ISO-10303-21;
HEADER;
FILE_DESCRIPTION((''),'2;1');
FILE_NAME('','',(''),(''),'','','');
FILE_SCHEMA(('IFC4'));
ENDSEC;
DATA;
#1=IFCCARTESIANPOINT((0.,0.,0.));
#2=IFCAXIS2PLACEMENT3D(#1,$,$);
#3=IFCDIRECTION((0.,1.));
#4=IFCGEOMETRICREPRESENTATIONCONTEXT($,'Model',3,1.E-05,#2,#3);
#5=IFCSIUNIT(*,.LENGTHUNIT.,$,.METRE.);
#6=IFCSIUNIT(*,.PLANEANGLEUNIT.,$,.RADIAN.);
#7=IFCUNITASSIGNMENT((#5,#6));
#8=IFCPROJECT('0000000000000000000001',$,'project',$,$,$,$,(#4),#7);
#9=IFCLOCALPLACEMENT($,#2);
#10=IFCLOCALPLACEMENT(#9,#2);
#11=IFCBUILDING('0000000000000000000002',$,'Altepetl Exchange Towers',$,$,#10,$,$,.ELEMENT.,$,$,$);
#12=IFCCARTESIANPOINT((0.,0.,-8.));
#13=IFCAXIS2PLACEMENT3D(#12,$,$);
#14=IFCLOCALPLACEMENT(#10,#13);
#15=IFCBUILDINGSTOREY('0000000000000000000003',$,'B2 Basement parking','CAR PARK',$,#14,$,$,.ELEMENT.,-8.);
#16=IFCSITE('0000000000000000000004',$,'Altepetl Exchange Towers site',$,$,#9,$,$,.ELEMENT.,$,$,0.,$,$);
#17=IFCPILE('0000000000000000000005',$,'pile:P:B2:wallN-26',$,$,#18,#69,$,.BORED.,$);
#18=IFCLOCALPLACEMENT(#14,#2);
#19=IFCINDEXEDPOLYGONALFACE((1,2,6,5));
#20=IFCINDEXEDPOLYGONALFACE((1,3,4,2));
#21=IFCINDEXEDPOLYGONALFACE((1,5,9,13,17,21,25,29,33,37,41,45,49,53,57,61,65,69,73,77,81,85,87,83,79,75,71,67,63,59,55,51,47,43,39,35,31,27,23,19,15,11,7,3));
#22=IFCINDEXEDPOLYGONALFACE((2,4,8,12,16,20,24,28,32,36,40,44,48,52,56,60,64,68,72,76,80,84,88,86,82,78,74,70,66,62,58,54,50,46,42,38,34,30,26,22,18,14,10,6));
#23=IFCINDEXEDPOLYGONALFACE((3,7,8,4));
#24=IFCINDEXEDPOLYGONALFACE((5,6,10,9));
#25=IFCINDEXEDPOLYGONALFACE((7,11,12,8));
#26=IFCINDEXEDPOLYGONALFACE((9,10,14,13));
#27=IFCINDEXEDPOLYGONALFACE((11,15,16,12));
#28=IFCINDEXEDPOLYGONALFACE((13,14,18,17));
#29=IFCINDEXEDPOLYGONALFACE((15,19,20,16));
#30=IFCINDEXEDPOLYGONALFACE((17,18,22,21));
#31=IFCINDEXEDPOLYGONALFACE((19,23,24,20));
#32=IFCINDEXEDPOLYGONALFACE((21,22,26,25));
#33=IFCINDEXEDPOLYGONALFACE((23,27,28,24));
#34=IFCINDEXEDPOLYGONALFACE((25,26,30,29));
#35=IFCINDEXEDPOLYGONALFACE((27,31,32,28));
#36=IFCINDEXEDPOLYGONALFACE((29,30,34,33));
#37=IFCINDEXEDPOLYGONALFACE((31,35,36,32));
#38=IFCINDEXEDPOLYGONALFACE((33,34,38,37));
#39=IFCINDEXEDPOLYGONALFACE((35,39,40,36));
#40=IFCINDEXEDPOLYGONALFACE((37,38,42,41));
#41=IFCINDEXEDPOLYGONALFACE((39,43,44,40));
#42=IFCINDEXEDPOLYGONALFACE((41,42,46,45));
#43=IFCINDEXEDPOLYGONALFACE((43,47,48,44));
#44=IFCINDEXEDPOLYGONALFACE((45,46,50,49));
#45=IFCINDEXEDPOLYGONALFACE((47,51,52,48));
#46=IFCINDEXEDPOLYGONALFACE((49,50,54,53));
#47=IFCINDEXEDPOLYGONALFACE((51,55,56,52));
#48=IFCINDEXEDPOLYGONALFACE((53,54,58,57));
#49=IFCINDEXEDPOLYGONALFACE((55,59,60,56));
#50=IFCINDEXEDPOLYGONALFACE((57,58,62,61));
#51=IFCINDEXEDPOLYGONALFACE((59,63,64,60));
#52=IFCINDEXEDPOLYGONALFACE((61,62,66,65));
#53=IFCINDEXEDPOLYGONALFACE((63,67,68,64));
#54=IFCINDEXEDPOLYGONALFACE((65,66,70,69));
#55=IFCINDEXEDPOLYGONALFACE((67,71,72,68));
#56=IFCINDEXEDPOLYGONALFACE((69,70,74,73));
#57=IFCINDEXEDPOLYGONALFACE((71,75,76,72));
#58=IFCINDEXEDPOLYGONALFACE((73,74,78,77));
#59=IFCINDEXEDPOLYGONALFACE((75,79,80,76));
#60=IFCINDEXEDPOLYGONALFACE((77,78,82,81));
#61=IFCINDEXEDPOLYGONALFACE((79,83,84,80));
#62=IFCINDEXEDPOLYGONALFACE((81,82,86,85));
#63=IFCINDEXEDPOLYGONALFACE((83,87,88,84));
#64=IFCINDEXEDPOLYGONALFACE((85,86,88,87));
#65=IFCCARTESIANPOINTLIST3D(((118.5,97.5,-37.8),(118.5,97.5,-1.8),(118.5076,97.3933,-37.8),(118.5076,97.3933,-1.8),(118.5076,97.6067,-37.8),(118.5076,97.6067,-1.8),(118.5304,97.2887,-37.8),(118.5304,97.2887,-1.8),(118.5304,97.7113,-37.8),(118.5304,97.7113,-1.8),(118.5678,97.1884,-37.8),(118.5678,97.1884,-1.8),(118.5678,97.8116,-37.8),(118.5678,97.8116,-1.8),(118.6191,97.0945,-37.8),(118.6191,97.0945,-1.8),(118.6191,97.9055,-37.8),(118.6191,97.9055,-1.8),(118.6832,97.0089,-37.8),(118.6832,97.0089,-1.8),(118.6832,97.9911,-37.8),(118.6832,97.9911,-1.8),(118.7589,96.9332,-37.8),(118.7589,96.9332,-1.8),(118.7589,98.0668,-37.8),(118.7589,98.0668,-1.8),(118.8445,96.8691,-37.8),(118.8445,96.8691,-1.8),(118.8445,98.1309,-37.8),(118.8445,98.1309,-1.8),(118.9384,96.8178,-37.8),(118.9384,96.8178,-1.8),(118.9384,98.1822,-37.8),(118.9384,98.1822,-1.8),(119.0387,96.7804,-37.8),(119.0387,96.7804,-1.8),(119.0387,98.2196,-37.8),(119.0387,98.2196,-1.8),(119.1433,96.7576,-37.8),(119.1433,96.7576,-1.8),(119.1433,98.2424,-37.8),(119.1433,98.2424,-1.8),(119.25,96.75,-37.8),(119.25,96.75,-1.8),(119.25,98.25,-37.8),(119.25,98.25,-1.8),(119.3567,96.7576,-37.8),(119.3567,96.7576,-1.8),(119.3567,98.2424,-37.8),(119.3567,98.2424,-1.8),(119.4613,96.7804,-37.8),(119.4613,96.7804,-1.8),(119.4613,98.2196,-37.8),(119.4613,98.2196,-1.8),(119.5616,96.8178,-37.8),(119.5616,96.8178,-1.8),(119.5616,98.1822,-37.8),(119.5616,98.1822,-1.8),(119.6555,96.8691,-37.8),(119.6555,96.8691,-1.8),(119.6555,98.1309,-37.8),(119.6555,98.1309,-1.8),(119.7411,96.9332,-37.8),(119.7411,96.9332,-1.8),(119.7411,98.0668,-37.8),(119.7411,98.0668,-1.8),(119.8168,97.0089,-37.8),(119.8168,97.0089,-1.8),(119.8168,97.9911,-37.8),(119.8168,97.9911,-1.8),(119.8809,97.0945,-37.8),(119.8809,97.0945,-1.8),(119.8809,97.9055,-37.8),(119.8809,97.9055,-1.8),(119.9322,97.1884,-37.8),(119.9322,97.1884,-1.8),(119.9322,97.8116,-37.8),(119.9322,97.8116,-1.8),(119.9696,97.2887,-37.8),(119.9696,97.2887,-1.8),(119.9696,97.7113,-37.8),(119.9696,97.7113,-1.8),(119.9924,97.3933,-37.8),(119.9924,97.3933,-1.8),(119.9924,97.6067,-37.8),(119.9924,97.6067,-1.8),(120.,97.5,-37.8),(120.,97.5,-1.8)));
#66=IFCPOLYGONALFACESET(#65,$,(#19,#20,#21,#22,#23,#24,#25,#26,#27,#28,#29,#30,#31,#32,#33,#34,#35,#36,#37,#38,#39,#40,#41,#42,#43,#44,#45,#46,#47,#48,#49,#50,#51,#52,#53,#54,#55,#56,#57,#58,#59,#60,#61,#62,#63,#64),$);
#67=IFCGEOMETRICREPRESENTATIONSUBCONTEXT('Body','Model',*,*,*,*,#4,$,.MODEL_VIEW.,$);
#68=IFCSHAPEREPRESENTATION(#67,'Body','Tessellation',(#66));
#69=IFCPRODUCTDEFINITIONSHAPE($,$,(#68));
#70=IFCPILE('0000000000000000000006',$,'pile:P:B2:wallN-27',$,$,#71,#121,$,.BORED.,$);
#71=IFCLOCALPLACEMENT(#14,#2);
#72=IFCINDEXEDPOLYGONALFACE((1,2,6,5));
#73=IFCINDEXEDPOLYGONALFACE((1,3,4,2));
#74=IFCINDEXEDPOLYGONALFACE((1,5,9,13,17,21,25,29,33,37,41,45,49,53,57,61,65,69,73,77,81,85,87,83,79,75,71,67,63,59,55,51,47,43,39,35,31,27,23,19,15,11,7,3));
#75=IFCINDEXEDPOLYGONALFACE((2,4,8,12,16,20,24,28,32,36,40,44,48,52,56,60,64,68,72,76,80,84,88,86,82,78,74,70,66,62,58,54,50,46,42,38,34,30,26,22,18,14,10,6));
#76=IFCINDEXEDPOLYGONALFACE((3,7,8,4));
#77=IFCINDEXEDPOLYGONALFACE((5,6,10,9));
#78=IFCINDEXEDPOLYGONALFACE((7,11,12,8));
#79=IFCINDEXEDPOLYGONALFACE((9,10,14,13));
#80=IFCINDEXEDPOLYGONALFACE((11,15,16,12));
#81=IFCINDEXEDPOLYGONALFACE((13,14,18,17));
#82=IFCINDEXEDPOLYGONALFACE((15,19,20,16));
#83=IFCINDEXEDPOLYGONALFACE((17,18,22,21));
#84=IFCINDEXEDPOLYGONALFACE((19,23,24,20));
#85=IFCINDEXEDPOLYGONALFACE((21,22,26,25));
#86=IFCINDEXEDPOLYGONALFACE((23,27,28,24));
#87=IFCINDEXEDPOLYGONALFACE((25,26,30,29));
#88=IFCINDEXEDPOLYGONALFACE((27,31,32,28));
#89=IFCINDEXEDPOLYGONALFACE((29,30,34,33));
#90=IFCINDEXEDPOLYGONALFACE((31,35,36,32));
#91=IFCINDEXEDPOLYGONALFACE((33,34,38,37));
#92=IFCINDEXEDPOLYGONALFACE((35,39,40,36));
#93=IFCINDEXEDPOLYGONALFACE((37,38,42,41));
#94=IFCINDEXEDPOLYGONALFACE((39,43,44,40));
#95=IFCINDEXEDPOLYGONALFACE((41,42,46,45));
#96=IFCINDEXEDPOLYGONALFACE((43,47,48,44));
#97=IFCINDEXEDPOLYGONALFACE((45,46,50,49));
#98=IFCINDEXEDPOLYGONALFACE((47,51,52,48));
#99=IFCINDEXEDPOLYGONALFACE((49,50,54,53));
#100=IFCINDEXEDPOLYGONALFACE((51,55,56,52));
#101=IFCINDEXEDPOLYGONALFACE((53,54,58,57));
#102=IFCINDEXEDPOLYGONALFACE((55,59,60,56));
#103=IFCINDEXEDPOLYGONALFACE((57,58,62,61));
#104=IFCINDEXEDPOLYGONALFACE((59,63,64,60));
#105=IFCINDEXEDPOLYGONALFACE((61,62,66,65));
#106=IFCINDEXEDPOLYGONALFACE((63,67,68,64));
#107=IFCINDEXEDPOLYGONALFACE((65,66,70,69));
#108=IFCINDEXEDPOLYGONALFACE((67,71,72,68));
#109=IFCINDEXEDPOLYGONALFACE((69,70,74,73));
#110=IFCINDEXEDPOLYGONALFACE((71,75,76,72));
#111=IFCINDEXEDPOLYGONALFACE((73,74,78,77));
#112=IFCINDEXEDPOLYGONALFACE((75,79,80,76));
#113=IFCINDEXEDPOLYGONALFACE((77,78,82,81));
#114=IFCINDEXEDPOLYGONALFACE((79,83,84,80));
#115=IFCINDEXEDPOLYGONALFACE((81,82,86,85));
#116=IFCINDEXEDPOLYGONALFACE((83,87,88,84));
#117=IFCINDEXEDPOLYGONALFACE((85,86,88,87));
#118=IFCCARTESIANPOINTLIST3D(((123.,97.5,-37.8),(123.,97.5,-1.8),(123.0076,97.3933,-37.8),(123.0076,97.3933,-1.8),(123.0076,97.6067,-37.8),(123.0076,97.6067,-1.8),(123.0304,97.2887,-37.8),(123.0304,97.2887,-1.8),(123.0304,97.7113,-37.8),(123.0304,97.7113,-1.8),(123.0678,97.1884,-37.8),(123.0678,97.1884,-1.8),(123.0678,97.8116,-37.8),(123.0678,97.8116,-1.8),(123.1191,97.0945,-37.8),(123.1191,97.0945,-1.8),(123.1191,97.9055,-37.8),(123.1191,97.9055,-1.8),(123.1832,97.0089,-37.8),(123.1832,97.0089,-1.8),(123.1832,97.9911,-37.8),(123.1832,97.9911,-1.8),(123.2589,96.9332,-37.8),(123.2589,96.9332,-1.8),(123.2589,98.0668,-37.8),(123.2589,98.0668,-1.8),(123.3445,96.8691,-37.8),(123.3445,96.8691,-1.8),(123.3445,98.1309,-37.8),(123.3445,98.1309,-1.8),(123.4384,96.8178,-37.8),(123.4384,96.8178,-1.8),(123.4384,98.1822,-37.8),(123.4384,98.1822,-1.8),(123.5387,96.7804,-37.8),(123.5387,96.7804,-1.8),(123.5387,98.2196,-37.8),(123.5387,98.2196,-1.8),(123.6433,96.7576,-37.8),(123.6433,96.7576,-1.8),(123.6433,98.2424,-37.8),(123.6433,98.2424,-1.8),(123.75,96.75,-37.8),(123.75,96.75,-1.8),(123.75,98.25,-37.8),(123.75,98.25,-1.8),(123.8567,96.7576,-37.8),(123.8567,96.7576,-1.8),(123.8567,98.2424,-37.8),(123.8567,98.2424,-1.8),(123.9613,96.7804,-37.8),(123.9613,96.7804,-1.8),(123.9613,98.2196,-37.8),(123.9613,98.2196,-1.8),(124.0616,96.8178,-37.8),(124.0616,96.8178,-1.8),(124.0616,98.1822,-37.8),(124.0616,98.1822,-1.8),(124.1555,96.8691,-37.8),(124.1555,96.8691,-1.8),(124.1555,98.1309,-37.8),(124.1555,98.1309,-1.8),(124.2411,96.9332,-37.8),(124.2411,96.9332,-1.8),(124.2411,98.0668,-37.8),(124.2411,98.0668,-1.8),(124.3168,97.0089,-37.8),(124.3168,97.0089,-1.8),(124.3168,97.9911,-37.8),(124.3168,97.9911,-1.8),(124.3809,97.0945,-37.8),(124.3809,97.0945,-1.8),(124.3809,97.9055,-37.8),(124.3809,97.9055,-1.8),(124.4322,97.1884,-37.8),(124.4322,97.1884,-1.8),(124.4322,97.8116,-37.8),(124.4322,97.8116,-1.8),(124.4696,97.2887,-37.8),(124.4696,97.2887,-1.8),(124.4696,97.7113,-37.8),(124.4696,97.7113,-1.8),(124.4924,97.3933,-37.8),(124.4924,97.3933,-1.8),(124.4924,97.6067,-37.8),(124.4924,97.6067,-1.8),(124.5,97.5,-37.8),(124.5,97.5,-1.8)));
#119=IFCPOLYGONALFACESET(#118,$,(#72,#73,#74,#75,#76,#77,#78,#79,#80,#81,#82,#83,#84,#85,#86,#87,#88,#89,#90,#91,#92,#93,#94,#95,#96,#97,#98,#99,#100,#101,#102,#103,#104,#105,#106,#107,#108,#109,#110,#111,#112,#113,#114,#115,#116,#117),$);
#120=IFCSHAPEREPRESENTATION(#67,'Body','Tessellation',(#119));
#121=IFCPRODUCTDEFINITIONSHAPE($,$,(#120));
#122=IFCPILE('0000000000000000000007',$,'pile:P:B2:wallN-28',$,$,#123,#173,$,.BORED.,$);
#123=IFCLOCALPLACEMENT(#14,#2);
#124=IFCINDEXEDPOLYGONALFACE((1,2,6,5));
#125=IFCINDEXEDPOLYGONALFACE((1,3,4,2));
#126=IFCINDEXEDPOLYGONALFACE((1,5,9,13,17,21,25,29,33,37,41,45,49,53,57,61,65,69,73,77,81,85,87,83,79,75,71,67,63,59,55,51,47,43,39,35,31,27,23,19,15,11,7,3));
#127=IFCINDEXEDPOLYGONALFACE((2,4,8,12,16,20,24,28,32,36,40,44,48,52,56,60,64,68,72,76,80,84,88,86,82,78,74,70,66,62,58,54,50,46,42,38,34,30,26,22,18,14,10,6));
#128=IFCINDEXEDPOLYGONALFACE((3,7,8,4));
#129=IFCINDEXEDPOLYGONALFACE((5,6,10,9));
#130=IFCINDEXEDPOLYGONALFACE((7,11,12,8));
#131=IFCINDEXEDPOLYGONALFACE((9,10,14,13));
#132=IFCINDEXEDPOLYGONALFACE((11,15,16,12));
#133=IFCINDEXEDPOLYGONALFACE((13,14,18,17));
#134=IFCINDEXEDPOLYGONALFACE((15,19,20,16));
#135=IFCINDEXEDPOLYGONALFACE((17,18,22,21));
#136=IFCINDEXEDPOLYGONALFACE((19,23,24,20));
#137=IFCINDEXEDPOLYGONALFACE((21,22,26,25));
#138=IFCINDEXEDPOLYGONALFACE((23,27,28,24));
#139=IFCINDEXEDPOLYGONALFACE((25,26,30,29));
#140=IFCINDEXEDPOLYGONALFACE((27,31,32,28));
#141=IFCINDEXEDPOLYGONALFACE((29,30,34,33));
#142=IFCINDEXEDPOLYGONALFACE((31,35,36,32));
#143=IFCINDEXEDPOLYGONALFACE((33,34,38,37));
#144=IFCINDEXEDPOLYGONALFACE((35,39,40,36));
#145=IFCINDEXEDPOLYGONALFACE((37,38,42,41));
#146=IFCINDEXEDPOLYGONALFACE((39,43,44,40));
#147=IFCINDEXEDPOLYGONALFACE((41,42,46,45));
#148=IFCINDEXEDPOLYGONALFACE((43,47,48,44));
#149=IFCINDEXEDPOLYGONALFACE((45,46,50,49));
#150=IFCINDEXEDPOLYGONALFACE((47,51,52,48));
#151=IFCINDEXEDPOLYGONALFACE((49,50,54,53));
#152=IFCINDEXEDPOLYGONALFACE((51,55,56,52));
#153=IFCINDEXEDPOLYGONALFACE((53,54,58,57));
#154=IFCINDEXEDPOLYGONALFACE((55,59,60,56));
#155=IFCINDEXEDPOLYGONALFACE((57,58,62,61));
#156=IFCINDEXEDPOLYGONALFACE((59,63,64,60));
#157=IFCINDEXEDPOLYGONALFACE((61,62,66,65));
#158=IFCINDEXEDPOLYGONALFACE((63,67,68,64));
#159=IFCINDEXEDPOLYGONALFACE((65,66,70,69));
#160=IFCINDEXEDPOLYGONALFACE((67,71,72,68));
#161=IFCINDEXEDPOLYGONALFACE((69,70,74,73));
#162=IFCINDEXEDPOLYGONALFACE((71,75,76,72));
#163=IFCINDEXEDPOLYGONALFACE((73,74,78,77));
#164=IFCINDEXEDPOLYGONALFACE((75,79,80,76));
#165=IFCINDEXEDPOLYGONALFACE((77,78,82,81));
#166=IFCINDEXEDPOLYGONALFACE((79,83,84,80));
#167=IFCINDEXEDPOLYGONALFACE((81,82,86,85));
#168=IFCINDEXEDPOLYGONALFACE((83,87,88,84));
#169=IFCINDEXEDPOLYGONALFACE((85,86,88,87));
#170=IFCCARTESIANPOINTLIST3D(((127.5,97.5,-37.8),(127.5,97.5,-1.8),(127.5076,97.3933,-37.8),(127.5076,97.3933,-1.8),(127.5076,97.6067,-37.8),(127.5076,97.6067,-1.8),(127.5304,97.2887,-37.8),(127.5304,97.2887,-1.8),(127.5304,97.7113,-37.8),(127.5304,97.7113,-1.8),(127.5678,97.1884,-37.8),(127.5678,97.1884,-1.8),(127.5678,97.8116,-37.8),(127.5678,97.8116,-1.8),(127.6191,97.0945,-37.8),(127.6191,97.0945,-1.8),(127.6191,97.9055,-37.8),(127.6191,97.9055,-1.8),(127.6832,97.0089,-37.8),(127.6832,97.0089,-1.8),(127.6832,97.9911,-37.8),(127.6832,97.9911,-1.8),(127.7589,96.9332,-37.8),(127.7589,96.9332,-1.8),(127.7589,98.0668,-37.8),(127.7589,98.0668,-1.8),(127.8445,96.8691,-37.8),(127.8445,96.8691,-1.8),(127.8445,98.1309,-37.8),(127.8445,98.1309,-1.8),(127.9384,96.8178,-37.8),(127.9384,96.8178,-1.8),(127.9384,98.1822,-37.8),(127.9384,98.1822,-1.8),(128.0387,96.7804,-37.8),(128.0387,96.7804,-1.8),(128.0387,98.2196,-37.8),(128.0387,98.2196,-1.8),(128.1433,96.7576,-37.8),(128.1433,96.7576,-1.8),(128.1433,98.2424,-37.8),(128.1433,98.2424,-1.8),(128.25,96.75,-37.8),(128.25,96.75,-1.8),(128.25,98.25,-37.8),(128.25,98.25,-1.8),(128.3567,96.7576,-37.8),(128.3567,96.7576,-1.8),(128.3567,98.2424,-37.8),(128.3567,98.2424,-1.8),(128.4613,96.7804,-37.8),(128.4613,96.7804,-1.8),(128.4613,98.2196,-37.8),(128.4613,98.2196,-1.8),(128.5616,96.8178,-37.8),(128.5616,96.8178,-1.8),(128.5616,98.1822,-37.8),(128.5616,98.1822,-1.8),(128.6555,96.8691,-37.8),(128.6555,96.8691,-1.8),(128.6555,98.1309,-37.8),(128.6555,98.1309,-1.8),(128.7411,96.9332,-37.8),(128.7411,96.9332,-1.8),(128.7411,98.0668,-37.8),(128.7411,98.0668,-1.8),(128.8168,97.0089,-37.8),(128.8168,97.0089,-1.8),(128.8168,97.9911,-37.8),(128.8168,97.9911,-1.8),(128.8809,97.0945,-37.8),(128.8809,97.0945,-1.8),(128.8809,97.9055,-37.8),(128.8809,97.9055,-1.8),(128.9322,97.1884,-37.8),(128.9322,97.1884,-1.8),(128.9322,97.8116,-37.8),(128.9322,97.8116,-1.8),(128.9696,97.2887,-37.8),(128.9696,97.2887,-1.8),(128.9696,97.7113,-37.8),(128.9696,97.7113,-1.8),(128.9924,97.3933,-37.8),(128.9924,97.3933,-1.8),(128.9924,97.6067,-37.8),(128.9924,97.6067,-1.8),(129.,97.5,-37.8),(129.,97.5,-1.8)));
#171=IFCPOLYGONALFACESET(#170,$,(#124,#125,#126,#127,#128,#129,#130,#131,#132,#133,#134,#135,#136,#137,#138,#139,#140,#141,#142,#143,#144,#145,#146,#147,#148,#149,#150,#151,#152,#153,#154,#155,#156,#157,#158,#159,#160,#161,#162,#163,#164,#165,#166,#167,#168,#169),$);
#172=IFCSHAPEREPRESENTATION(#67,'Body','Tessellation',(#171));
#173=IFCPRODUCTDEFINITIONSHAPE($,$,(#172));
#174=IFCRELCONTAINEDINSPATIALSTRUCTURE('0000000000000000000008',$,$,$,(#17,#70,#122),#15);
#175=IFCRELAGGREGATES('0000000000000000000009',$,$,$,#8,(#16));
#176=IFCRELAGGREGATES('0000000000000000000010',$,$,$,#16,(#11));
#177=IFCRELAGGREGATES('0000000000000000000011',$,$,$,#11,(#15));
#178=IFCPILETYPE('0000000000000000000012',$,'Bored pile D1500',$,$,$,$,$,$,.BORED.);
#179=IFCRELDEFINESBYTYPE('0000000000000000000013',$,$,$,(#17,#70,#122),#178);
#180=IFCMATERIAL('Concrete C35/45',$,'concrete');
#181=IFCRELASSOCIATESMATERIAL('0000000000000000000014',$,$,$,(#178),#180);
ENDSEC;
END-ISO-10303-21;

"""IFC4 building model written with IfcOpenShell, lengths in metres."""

from ifc_helpers import new_model, si_unit, direction, frame, origin, origin_2d, place, context, subcontext, project, spatial, circle, extrude, material, material_profile, profile_set, type_object, element, save


model = new_model("IFC4")

# Units and contexts
model_context = context("Model", 3, precision=1e-05, world=origin(), true_north=direction((0.0, 1.0)))
body_context = subcontext(model_context, "Body", "Model", "MODEL_VIEW")
ifc_project = project(units=[si_unit("LENGTHUNIT", "METRE"), si_unit("PLANEANGLEUNIT", "RADIAN")], contexts=[model_context])

# Site, building, storey
site_placement = place(None, origin())
site = spatial("IfcSite", under=ifc_project, at=site_placement, Name="Altepetl Exchange Towers site", CompositionType="ELEMENT", RefElevation=0.0)
building_placement = place(site_placement, origin())
building = spatial("IfcBuilding", under=site, at=building_placement, Name="Altepetl Exchange Towers", CompositionType="ELEMENT")
storey_placement = place(building_placement, frame((0.0, 0.0, -8.0)))
storey = spatial("IfcBuildingStorey", under=building, at=storey_placement, Name="B2 Basement parking", Description="CAR PARK", CompositionType="ELEMENT", Elevation=-8.0)

# Piles
ifc_material_1 = material(Name="Concrete C35/45", Category="concrete")
ifc_material_profile_1 = material_profile(ifc_material_1, circle(Radius=0.75, at=origin_2d()), Name="D1500")
ifc_profile_set_1 = profile_set([ifc_material_profile_1], Name="Concrete C35/45")
pile_type_1 = type_object("IfcPileType", Name="Bored pile D1500", PredefinedType="BORED", material=ifc_profile_set_1)
for number, where, z_axis, x_axis, name in (
    (1, (119.25, 97.5, -1.8), (0.0, 0.0, -1.0), (1.0, 0.0, 0.0), "pile:P:B2:wallN-26"),
    (2, (123.75, 97.5, -1.8), (0.0, 0.0, -1.0), (1.0, 0.0, 0.0), "pile:P:B2:wallN-27"),
    (3, (128.25, 97.5, -1.8), (0.0, 0.0, -1.0), (1.0, 0.0, 0.0), "pile:P:B2:wallN-28"),
):
    element("IfcPile", number, at=place(storey_placement, frame(where, z_axis=z_axis, x_axis=x_axis)), inside=storey, type_object=pile_type_1, Name=name, PredefinedType="BORED", context=body_context, shape_type="SweptSolid", body=[
        extrude(circle(Radius=0.75, at=origin_2d()), origin(), (0.0, 0.0, 1.0), 36.0),
    ])

save(model, "model.ifc")
